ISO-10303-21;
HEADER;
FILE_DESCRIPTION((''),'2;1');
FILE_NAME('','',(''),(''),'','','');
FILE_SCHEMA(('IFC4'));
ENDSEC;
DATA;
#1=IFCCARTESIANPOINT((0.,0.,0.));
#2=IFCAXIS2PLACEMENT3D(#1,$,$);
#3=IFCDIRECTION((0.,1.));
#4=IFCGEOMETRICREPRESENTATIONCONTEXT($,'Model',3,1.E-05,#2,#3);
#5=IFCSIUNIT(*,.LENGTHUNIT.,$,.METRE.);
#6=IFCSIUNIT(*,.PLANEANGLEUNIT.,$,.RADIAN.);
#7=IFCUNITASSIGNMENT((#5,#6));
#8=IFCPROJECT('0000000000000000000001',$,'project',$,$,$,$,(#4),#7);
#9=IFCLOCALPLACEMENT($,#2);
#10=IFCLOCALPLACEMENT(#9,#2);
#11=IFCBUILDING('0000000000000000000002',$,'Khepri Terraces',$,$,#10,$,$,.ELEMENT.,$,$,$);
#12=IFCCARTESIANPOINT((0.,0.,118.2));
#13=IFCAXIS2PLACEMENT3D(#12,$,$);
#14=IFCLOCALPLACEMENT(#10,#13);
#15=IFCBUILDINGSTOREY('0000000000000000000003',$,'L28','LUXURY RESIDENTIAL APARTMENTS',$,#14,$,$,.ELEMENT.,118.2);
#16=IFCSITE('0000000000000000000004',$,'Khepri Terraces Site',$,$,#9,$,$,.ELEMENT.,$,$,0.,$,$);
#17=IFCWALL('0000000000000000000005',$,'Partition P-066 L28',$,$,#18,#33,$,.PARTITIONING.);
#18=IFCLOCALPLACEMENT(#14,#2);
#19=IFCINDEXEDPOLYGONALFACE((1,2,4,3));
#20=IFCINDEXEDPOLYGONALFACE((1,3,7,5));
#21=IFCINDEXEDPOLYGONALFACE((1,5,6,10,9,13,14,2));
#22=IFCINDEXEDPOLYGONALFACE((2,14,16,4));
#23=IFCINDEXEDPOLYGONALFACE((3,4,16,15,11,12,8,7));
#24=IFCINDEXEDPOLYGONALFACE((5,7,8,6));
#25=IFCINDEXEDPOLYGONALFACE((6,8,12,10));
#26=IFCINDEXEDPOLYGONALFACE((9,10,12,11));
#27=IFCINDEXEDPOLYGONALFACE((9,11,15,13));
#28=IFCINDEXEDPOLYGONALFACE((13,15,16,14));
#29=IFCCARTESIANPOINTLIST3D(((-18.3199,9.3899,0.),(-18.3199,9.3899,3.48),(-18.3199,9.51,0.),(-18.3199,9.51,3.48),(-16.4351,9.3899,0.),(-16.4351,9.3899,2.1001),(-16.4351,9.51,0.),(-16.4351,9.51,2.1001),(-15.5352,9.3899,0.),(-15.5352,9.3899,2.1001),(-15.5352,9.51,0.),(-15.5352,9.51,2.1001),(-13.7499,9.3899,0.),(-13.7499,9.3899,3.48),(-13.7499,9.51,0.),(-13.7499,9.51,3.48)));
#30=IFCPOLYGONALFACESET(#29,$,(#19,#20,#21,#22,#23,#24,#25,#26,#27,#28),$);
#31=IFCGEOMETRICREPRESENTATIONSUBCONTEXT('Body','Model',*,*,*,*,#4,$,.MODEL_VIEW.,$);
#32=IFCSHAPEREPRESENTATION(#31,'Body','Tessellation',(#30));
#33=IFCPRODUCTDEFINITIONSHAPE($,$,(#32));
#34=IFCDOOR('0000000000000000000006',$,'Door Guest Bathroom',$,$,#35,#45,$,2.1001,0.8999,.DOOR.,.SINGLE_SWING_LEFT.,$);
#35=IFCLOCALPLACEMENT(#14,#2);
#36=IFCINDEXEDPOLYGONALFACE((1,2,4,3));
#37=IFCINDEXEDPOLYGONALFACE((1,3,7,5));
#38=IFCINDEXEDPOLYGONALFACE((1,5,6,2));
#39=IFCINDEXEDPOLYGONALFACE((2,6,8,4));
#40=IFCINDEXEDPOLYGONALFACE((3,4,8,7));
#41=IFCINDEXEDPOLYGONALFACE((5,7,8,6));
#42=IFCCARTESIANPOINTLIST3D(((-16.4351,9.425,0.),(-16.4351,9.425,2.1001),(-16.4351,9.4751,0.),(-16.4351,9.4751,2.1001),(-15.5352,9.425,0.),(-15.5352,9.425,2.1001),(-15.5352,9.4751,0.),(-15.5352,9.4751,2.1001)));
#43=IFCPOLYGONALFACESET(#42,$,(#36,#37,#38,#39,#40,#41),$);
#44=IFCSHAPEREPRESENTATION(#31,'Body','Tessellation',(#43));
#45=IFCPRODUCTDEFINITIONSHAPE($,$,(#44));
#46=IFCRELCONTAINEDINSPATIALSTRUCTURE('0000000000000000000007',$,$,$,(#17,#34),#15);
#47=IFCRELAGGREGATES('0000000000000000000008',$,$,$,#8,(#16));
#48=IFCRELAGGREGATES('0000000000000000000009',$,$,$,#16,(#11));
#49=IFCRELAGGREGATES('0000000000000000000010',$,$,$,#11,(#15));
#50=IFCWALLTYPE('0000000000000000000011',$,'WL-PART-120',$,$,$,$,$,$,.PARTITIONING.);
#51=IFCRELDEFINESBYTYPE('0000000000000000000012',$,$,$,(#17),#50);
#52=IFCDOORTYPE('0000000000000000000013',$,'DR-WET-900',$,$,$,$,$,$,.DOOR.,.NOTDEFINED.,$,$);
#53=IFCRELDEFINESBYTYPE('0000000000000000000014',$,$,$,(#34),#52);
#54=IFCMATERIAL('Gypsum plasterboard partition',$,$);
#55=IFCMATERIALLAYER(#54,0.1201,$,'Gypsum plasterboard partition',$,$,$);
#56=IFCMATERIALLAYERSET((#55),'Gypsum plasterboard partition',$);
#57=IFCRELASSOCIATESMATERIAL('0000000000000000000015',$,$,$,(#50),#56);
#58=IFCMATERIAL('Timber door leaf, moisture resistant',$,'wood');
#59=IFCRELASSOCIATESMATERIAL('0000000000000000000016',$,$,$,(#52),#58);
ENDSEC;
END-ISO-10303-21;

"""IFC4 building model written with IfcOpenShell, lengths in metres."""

from ifc_helpers import new_model, si_unit, direction, frame, frame_2d, origin, place, context, subcontext, project, spatial, rectangle, extrude, material, layer, layer_set, type_object, element, fill, save


model = new_model("IFC4")

# Units and contexts
model_context = context("Model", 3, precision=1e-05, world=origin(), true_north=direction((0.0, 1.0)))
body_context = subcontext(model_context, "Body", "Model", "MODEL_VIEW")
ifc_project = project(units=[si_unit("LENGTHUNIT", "METRE"), si_unit("PLANEANGLEUNIT", "RADIAN")], contexts=[model_context])

# Site, building, storey
site_placement = place(None, origin())
site = spatial("IfcSite", under=ifc_project, at=site_placement, Name="Khepri Terraces Site", CompositionType="ELEMENT", RefElevation=0.0)
building_placement = place(site_placement, origin())
building = spatial("IfcBuilding", under=site, at=building_placement, Name="Khepri Terraces", CompositionType="ELEMENT")
storey_placement = place(building_placement, frame((0.0, 0.0, 118.2)))
storey = spatial("IfcBuildingStorey", under=building, at=storey_placement, Name="L28", Description="LUXURY RESIDENTIAL APARTMENTS", CompositionType="ELEMENT", Elevation=118.2)

# Shared definitions
ifc_material_1 = material(Name="Gypsum plasterboard partition")
ifc_layer_1 = layer(ifc_material_1, 0.1201, Name="Gypsum plasterboard partition")
ifc_layer_set_1 = layer_set([ifc_layer_1], Name="Gypsum plasterboard partition")
wall_type_1 = type_object("IfcWallType", Name="WL-PART-120", PredefinedType="PARTITIONING", material=ifc_layer_set_1)

# Wall, opening, door
wall_1_placement = place(storey_placement, frame((-18.3201, 9.45, 0.0), z_axis=(0.0, 0.0, 1.0), x_axis=(1.0, 0.0, 0.0)))
wall_1 = element("IfcWall", 1, at=wall_1_placement, inside=storey, type_object=wall_type_1, Name="Partition P-066 L28", PredefinedType="PARTITIONING", context=body_context, shape_type="SweptSolid", body=[
    extrude(rectangle(XDim=4.5701, YDim=0.1201, at=frame_2d((2.2852, 0.0))), origin(), (0.0, 0.0, 1.0), 3.48),
])
opening_1_placement = place(wall_1_placement, frame((1.885, 0.0, 0.0)))
opening_1 = element("IfcOpeningElement", 2, at=opening_1_placement, cuts=wall_1, PredefinedType="OPENING", context=body_context, shape_type="SweptSolid", body=[
    extrude(rectangle(XDim=0.8999, YDim=2.1001, at=frame_2d((0.45, 1.05))), frame((0.0, 0.0701, 0.0), z_axis=(0.0, -1.0, 0.0), x_axis=(1.0, 0.0, 0.0)), (0.0, 0.0, 1.0), 0.1401),
])
ifc_material_2 = material(Name="Timber door leaf, moisture resistant", Category="wood")
door_type_1 = type_object("IfcDoorType", Name="DR-WET-900", OperationType="NOTDEFINED", PredefinedType="DOOR", material=ifc_material_2)
door_1_placement = place(opening_1_placement, frame((0.8999, 0.0, 0.0), z_axis=(0.0, 0.0, 1.0), x_axis=(-1.0, 0.0, 0.0)))
door_1 = element("IfcDoor", 3, at=door_1_placement, inside=storey, type_object=door_type_1, Name="Door Guest Bathroom", OperationType="SINGLE_SWING_LEFT", OverallHeight=2.1001, OverallWidth=0.8999, PredefinedType="DOOR", context=body_context, shape_type="SweptSolid", body=[
    extrude(rectangle(XDim=0.8999, YDim=2.1001, at=frame_2d((0.45, 1.05))), frame((0.0, 0.0249, 0.0), z_axis=(0.0, -1.0, 0.0), x_axis=(1.0, 0.0, 0.0)), (0.0, 0.0, 1.0), 0.05),
])
fill(opening_1, door_1)

save(model, "model.ifc")
